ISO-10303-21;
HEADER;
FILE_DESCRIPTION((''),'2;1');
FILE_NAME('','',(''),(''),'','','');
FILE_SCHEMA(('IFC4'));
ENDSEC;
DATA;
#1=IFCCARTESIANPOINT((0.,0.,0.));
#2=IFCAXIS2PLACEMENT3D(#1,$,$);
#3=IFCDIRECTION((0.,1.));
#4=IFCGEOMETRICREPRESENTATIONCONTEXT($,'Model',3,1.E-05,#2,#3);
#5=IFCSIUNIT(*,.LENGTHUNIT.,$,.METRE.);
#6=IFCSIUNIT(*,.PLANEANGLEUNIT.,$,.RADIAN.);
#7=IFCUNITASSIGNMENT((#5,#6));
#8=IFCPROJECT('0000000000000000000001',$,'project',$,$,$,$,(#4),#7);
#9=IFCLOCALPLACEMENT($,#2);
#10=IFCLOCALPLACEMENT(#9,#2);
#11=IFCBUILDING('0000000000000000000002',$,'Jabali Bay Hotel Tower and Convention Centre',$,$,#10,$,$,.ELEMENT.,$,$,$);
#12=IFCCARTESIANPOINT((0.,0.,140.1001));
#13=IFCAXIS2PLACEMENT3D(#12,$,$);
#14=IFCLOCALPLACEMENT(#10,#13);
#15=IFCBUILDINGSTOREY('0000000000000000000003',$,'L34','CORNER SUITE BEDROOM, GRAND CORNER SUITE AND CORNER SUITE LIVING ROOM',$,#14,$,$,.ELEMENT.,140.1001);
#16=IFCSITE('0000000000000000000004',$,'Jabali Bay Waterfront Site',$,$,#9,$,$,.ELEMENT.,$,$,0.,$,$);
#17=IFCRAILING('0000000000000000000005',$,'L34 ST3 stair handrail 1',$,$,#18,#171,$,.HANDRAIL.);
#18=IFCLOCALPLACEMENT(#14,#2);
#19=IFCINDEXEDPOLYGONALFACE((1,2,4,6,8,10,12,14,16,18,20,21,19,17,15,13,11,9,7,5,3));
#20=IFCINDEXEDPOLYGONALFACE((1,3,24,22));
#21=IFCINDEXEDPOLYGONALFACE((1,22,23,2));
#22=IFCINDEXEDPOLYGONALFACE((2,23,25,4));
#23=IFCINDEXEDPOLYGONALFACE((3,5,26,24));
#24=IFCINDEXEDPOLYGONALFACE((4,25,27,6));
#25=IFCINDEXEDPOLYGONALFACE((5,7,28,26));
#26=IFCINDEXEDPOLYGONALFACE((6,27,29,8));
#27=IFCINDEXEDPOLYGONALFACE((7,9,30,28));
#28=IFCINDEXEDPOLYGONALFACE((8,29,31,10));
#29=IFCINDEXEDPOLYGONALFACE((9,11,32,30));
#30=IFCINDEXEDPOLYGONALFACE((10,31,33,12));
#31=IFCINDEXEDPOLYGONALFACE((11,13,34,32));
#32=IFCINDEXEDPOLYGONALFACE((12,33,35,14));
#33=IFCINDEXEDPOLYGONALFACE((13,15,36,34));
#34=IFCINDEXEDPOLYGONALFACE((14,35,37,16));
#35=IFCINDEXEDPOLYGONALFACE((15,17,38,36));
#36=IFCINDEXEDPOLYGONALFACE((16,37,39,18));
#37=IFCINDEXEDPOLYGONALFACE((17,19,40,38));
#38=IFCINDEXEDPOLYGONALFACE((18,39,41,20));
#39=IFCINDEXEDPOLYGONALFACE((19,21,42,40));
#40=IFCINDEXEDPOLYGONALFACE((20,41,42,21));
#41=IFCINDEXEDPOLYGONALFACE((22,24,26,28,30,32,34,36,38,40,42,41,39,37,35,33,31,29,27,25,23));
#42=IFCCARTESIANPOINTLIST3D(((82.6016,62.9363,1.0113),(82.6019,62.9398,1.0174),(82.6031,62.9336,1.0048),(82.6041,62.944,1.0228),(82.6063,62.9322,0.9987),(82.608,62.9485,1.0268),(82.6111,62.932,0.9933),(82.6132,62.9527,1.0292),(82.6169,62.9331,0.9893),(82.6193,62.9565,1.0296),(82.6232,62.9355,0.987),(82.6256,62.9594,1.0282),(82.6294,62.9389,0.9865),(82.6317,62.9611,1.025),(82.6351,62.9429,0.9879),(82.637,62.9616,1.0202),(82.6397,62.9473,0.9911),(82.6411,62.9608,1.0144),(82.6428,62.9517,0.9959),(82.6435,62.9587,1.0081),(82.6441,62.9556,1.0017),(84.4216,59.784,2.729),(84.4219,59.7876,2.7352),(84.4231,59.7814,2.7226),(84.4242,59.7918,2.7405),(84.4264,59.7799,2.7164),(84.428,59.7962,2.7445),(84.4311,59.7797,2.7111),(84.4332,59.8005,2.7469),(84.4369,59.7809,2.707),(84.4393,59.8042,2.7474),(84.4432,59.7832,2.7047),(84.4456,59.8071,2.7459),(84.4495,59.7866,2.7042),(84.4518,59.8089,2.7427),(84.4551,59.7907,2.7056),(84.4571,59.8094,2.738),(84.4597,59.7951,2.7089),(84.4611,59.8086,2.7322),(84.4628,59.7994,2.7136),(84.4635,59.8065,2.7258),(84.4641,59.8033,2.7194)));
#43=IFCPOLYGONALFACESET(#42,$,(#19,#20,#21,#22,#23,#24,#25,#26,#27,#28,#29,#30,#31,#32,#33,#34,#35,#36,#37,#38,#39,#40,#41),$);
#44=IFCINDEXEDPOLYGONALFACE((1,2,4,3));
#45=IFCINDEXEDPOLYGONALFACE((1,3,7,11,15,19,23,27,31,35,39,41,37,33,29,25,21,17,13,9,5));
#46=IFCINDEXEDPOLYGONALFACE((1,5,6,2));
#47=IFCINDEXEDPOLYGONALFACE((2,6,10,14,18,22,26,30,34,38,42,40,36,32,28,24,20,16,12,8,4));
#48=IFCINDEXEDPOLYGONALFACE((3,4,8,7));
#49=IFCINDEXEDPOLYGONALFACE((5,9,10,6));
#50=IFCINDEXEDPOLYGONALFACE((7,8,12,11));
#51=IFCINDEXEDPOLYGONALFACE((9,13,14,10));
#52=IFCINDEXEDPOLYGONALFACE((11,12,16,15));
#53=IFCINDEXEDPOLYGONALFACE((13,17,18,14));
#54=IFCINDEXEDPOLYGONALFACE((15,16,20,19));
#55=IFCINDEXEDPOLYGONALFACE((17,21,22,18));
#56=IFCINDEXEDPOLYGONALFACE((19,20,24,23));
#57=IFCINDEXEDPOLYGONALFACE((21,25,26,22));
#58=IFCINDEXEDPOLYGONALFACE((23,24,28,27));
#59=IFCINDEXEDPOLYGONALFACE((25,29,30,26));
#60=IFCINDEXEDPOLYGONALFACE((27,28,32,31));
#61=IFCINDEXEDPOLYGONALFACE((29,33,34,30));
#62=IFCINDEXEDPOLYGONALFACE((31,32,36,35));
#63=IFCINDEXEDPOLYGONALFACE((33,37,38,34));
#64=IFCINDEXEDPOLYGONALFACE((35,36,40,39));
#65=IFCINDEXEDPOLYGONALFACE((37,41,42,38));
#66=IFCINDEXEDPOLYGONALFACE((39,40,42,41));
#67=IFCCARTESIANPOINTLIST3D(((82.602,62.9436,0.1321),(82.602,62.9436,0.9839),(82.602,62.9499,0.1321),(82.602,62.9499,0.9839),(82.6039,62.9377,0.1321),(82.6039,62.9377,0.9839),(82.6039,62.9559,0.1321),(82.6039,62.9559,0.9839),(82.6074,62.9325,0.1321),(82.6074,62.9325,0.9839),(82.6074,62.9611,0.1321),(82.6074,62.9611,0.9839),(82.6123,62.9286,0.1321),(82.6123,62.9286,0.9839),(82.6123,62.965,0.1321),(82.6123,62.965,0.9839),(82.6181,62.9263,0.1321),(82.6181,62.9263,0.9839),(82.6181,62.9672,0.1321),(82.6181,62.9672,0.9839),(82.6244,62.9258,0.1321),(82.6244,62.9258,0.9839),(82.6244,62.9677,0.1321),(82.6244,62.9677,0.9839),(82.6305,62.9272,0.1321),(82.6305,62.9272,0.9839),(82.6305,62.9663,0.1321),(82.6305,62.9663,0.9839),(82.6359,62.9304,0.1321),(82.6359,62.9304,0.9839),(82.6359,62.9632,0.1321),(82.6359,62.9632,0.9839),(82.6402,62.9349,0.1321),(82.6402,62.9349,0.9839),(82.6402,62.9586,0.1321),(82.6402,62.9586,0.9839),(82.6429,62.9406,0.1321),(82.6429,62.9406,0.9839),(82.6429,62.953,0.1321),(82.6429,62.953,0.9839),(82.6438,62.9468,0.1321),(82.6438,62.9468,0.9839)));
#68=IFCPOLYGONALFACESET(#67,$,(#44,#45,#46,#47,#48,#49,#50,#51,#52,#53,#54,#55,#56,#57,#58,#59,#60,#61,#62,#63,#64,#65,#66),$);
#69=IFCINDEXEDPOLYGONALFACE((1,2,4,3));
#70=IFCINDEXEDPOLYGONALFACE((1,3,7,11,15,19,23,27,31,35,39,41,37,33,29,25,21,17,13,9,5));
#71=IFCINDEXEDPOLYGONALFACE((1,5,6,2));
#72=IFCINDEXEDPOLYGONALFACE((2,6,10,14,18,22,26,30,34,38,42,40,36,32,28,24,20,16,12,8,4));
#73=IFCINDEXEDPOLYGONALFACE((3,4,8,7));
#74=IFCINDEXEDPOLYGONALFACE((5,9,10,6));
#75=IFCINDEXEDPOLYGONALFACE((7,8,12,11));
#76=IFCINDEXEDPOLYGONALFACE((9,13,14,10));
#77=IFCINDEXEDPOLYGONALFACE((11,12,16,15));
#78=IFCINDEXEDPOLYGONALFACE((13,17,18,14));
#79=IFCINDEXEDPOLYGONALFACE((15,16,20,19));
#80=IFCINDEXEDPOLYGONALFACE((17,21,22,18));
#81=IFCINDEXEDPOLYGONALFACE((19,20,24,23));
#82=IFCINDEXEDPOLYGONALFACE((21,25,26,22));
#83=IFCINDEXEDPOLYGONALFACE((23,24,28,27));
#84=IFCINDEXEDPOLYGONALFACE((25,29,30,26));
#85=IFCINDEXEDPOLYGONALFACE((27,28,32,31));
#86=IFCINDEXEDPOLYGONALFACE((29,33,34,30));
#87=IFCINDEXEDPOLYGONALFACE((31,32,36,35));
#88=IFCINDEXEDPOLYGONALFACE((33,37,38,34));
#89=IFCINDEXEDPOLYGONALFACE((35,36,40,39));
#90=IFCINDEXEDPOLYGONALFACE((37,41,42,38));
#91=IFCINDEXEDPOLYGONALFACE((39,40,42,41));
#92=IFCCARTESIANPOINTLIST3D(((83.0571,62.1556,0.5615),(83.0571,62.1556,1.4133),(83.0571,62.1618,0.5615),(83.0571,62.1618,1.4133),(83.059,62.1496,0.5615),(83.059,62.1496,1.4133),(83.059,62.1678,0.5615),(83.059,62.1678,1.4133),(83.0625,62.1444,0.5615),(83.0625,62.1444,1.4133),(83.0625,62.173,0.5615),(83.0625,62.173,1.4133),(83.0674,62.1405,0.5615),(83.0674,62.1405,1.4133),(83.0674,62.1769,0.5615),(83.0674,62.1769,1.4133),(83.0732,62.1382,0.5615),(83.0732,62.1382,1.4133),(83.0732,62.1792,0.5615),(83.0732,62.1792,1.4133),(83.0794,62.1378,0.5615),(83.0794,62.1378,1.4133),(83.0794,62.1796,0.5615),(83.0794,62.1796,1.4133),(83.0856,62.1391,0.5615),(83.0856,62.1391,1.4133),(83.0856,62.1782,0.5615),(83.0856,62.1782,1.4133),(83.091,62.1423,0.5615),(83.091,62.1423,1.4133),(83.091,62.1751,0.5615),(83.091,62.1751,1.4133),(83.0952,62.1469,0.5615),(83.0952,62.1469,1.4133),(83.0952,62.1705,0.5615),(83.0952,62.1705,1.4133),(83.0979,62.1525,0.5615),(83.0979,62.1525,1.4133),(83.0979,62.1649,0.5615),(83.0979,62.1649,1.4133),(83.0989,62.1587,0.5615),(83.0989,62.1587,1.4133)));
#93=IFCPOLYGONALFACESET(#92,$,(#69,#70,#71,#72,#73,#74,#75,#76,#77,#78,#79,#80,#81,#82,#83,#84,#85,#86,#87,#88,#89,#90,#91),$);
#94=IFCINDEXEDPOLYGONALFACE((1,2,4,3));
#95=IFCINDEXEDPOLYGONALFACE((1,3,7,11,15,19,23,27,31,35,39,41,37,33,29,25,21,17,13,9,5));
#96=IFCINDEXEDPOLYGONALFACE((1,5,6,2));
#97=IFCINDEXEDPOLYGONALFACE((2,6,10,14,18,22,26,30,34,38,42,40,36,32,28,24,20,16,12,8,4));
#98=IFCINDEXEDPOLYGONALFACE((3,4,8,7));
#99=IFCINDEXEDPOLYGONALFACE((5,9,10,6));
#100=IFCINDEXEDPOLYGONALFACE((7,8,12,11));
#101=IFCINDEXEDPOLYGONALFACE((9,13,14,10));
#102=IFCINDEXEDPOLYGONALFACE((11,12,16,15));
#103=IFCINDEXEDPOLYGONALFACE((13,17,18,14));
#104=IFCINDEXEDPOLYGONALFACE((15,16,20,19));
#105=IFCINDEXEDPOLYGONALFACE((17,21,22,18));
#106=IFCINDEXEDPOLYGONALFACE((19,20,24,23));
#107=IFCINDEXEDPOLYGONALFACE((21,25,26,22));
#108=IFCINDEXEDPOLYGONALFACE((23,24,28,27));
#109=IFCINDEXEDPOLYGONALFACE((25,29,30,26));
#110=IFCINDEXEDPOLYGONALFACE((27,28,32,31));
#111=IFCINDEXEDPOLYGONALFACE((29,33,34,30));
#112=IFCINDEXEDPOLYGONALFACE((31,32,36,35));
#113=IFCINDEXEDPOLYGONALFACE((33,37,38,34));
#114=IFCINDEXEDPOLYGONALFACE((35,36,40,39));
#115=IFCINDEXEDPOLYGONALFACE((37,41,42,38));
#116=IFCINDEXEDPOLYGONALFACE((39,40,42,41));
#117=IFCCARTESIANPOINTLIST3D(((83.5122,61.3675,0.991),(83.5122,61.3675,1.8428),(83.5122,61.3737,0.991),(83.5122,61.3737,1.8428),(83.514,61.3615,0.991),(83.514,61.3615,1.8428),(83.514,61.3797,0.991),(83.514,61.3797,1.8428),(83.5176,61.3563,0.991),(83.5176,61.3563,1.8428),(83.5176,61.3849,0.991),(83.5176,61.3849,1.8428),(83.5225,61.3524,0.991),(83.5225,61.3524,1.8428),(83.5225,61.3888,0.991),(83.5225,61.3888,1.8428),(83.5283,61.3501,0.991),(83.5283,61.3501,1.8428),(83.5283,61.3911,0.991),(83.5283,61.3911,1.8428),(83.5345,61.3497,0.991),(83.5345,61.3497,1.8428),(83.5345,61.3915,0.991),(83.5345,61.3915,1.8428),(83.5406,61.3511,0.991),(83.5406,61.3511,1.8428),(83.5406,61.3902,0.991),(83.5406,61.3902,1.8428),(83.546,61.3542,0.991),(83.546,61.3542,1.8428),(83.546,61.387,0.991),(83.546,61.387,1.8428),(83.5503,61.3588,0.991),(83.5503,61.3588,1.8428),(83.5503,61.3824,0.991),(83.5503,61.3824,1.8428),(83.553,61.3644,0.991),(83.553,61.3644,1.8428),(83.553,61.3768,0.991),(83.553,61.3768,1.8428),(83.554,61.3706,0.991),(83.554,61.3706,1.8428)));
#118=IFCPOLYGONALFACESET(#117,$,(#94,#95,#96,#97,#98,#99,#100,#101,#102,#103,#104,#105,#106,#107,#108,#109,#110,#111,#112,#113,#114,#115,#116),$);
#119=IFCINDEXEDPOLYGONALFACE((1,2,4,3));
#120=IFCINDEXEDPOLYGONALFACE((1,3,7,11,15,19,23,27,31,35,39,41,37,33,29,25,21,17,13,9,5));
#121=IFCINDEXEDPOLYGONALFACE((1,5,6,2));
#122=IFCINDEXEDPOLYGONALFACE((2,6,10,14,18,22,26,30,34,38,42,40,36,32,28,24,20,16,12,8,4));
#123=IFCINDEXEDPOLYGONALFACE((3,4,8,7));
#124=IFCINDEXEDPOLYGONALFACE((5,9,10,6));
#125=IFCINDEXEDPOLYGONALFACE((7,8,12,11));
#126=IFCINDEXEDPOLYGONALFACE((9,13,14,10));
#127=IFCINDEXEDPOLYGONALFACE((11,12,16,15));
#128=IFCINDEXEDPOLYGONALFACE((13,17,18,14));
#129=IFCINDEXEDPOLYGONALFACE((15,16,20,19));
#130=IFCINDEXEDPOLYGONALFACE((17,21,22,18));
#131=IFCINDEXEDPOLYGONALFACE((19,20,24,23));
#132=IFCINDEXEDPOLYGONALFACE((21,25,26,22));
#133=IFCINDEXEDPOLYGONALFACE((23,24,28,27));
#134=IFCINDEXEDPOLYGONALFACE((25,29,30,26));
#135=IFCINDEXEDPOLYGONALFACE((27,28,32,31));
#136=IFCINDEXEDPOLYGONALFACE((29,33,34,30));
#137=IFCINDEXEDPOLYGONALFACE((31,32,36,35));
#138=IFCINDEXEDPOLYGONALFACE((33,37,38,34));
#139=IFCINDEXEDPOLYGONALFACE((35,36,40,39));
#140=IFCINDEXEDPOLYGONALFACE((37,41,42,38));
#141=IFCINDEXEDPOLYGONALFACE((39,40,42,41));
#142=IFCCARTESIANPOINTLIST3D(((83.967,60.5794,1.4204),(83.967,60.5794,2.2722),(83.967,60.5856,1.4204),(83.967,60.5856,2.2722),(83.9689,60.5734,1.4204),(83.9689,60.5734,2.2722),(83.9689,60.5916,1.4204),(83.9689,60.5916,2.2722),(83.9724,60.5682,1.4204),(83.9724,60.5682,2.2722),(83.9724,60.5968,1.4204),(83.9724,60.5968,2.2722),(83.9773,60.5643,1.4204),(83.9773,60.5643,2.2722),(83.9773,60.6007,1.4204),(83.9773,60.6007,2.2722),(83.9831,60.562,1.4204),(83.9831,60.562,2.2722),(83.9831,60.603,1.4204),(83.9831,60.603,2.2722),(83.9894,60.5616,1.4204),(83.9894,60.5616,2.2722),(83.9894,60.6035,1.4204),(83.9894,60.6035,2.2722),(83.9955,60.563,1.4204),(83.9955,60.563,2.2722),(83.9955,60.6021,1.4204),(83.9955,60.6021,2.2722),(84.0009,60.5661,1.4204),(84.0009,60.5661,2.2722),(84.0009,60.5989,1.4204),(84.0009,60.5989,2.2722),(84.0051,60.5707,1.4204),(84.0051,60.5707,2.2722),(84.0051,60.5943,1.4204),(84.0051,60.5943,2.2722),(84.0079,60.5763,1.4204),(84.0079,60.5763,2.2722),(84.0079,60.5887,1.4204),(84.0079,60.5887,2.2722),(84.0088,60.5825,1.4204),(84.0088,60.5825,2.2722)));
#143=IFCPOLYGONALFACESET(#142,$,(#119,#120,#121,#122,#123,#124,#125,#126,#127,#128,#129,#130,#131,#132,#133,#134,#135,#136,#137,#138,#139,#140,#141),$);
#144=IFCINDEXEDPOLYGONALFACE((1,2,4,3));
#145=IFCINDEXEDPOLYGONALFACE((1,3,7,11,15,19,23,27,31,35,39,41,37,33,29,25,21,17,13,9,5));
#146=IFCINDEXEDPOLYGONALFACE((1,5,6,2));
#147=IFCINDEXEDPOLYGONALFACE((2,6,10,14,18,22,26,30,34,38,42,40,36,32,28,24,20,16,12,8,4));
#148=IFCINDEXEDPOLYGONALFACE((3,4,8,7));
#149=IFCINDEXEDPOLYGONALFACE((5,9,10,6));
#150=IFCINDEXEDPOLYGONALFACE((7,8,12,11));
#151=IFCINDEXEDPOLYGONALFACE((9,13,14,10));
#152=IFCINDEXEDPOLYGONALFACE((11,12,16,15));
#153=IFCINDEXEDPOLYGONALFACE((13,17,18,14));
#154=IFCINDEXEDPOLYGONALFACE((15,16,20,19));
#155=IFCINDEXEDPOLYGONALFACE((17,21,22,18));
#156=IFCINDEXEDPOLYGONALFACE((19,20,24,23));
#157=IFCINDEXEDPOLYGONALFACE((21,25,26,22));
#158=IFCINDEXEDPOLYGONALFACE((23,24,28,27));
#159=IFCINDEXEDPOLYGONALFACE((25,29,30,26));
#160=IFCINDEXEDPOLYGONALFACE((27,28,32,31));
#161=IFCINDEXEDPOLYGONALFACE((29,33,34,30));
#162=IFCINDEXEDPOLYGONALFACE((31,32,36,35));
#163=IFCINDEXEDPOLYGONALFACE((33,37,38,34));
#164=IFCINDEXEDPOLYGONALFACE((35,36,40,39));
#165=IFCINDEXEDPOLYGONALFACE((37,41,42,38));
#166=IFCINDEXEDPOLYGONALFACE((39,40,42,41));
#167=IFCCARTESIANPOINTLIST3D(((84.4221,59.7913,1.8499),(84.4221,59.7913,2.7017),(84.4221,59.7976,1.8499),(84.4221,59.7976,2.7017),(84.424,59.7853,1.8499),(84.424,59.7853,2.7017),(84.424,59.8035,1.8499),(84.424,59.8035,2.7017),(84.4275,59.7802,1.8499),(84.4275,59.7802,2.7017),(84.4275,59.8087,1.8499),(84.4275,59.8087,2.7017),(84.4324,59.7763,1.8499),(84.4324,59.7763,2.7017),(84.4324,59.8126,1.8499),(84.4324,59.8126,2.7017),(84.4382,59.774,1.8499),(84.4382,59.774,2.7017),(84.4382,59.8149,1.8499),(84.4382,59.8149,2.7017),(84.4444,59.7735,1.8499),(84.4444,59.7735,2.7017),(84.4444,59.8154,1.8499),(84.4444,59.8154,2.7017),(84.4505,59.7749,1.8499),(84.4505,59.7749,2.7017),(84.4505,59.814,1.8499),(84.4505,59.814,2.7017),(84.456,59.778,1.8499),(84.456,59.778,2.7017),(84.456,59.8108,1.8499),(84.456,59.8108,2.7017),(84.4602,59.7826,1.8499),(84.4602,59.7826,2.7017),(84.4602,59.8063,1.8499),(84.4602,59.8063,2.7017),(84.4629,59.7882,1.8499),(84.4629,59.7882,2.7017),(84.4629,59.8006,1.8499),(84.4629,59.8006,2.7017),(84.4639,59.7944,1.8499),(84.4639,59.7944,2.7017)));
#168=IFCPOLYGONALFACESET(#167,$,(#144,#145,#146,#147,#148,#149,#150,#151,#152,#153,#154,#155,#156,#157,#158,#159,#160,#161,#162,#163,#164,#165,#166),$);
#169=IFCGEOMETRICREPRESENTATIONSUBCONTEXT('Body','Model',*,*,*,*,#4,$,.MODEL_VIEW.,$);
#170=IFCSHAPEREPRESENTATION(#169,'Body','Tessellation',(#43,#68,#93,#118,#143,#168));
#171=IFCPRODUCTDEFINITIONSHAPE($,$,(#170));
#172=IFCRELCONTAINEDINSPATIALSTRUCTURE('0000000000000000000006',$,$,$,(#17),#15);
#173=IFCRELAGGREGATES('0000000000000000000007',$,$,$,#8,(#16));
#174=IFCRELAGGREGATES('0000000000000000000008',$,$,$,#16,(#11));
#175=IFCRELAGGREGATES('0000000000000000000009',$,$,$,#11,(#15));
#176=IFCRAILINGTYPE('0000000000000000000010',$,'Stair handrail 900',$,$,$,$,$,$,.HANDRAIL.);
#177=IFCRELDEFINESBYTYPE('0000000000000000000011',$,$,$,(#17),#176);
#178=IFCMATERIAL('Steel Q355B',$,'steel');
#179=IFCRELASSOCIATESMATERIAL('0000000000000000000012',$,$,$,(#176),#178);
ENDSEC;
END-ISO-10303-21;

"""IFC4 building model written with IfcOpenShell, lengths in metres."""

from ifc_helpers import new_model, si_unit, direction, frame, origin, origin_2d, place, context, subcontext, project, spatial, circle, extrude, material, type_object, element, save


model = new_model("IFC4")

# Units and contexts
model_context = context("Model", 3, precision=1e-05, world=origin(), true_north=direction((0.0, 1.0)))
body_context = subcontext(model_context, "Body", "Model", "MODEL_VIEW")
ifc_project = project(units=[si_unit("LENGTHUNIT", "METRE"), si_unit("PLANEANGLEUNIT", "RADIAN")], contexts=[model_context])

# Site, building, storey
site_placement = place(None, origin())
site = spatial("IfcSite", under=ifc_project, at=site_placement, Name="Jabali Bay Waterfront Site", CompositionType="ELEMENT", RefElevation=0.0)
building_placement = place(site_placement, origin())
building = spatial("IfcBuilding", under=site, at=building_placement, Name="Jabali Bay Hotel Tower and Convention Centre", CompositionType="ELEMENT")
storey_placement = place(building_placement, frame((0.0, 0.0, 140.1001)))
storey = spatial("IfcBuildingStorey", under=building, at=storey_placement, Name="L34", Description="CORNER SUITE BEDROOM, GRAND CORNER SUITE AND CORNER SUITE LIVING ROOM", CompositionType="ELEMENT", Elevation=140.1001)

# Railing
ifc_material_1 = material(Name="Steel Q355B", Category="steel")
railing_type_1 = type_object("IfcRailingType", Name="Stair handrail 900", PredefinedType="HANDRAIL", material=ifc_material_1)
railing_1_placement = place(storey_placement, frame((82.6228, 62.9468, 0.1321)))
element("IfcRailing", 1, at=railing_1_placement, inside=storey, type_object=railing_type_1, Name="L34 ST3 stair handrail 1", PredefinedType="HANDRAIL", context=body_context, shape_type="SweptSolid", body=[
    extrude(circle(Radius=0.0239, at=origin_2d()), frame((0.0, 0.0, 0.876), z_axis=(0.45219, -0.78319, 0.426775), x_axis=(0.866018, 0.500013, 0.0)), (0.0, 0.0, 1.0), 4.0249),
    extrude(circle(Radius=0.021, at=origin_2d()), origin(), (0.0, 0.0, 1.0), 0.8518),
    extrude(circle(Radius=0.021, at=origin_2d()), frame((0.4551, -0.7881, 0.4294)), (0.0, 0.0, 1.0), 0.8518),
    extrude(circle(Radius=0.021, at=origin_2d()), frame((0.9102, -1.5762, 0.8589)), (0.0, 0.0, 1.0), 0.8518),
    extrude(circle(Radius=0.021, at=origin_2d()), frame((1.365, -2.3643, 1.2883)), (0.0, 0.0, 1.0), 0.8518),
    extrude(circle(Radius=0.021, at=origin_2d()), frame((1.8201, -3.1523, 1.7178)), (0.0, 0.0, 1.0), 0.8518),
])

save(model, "model.ifc")
